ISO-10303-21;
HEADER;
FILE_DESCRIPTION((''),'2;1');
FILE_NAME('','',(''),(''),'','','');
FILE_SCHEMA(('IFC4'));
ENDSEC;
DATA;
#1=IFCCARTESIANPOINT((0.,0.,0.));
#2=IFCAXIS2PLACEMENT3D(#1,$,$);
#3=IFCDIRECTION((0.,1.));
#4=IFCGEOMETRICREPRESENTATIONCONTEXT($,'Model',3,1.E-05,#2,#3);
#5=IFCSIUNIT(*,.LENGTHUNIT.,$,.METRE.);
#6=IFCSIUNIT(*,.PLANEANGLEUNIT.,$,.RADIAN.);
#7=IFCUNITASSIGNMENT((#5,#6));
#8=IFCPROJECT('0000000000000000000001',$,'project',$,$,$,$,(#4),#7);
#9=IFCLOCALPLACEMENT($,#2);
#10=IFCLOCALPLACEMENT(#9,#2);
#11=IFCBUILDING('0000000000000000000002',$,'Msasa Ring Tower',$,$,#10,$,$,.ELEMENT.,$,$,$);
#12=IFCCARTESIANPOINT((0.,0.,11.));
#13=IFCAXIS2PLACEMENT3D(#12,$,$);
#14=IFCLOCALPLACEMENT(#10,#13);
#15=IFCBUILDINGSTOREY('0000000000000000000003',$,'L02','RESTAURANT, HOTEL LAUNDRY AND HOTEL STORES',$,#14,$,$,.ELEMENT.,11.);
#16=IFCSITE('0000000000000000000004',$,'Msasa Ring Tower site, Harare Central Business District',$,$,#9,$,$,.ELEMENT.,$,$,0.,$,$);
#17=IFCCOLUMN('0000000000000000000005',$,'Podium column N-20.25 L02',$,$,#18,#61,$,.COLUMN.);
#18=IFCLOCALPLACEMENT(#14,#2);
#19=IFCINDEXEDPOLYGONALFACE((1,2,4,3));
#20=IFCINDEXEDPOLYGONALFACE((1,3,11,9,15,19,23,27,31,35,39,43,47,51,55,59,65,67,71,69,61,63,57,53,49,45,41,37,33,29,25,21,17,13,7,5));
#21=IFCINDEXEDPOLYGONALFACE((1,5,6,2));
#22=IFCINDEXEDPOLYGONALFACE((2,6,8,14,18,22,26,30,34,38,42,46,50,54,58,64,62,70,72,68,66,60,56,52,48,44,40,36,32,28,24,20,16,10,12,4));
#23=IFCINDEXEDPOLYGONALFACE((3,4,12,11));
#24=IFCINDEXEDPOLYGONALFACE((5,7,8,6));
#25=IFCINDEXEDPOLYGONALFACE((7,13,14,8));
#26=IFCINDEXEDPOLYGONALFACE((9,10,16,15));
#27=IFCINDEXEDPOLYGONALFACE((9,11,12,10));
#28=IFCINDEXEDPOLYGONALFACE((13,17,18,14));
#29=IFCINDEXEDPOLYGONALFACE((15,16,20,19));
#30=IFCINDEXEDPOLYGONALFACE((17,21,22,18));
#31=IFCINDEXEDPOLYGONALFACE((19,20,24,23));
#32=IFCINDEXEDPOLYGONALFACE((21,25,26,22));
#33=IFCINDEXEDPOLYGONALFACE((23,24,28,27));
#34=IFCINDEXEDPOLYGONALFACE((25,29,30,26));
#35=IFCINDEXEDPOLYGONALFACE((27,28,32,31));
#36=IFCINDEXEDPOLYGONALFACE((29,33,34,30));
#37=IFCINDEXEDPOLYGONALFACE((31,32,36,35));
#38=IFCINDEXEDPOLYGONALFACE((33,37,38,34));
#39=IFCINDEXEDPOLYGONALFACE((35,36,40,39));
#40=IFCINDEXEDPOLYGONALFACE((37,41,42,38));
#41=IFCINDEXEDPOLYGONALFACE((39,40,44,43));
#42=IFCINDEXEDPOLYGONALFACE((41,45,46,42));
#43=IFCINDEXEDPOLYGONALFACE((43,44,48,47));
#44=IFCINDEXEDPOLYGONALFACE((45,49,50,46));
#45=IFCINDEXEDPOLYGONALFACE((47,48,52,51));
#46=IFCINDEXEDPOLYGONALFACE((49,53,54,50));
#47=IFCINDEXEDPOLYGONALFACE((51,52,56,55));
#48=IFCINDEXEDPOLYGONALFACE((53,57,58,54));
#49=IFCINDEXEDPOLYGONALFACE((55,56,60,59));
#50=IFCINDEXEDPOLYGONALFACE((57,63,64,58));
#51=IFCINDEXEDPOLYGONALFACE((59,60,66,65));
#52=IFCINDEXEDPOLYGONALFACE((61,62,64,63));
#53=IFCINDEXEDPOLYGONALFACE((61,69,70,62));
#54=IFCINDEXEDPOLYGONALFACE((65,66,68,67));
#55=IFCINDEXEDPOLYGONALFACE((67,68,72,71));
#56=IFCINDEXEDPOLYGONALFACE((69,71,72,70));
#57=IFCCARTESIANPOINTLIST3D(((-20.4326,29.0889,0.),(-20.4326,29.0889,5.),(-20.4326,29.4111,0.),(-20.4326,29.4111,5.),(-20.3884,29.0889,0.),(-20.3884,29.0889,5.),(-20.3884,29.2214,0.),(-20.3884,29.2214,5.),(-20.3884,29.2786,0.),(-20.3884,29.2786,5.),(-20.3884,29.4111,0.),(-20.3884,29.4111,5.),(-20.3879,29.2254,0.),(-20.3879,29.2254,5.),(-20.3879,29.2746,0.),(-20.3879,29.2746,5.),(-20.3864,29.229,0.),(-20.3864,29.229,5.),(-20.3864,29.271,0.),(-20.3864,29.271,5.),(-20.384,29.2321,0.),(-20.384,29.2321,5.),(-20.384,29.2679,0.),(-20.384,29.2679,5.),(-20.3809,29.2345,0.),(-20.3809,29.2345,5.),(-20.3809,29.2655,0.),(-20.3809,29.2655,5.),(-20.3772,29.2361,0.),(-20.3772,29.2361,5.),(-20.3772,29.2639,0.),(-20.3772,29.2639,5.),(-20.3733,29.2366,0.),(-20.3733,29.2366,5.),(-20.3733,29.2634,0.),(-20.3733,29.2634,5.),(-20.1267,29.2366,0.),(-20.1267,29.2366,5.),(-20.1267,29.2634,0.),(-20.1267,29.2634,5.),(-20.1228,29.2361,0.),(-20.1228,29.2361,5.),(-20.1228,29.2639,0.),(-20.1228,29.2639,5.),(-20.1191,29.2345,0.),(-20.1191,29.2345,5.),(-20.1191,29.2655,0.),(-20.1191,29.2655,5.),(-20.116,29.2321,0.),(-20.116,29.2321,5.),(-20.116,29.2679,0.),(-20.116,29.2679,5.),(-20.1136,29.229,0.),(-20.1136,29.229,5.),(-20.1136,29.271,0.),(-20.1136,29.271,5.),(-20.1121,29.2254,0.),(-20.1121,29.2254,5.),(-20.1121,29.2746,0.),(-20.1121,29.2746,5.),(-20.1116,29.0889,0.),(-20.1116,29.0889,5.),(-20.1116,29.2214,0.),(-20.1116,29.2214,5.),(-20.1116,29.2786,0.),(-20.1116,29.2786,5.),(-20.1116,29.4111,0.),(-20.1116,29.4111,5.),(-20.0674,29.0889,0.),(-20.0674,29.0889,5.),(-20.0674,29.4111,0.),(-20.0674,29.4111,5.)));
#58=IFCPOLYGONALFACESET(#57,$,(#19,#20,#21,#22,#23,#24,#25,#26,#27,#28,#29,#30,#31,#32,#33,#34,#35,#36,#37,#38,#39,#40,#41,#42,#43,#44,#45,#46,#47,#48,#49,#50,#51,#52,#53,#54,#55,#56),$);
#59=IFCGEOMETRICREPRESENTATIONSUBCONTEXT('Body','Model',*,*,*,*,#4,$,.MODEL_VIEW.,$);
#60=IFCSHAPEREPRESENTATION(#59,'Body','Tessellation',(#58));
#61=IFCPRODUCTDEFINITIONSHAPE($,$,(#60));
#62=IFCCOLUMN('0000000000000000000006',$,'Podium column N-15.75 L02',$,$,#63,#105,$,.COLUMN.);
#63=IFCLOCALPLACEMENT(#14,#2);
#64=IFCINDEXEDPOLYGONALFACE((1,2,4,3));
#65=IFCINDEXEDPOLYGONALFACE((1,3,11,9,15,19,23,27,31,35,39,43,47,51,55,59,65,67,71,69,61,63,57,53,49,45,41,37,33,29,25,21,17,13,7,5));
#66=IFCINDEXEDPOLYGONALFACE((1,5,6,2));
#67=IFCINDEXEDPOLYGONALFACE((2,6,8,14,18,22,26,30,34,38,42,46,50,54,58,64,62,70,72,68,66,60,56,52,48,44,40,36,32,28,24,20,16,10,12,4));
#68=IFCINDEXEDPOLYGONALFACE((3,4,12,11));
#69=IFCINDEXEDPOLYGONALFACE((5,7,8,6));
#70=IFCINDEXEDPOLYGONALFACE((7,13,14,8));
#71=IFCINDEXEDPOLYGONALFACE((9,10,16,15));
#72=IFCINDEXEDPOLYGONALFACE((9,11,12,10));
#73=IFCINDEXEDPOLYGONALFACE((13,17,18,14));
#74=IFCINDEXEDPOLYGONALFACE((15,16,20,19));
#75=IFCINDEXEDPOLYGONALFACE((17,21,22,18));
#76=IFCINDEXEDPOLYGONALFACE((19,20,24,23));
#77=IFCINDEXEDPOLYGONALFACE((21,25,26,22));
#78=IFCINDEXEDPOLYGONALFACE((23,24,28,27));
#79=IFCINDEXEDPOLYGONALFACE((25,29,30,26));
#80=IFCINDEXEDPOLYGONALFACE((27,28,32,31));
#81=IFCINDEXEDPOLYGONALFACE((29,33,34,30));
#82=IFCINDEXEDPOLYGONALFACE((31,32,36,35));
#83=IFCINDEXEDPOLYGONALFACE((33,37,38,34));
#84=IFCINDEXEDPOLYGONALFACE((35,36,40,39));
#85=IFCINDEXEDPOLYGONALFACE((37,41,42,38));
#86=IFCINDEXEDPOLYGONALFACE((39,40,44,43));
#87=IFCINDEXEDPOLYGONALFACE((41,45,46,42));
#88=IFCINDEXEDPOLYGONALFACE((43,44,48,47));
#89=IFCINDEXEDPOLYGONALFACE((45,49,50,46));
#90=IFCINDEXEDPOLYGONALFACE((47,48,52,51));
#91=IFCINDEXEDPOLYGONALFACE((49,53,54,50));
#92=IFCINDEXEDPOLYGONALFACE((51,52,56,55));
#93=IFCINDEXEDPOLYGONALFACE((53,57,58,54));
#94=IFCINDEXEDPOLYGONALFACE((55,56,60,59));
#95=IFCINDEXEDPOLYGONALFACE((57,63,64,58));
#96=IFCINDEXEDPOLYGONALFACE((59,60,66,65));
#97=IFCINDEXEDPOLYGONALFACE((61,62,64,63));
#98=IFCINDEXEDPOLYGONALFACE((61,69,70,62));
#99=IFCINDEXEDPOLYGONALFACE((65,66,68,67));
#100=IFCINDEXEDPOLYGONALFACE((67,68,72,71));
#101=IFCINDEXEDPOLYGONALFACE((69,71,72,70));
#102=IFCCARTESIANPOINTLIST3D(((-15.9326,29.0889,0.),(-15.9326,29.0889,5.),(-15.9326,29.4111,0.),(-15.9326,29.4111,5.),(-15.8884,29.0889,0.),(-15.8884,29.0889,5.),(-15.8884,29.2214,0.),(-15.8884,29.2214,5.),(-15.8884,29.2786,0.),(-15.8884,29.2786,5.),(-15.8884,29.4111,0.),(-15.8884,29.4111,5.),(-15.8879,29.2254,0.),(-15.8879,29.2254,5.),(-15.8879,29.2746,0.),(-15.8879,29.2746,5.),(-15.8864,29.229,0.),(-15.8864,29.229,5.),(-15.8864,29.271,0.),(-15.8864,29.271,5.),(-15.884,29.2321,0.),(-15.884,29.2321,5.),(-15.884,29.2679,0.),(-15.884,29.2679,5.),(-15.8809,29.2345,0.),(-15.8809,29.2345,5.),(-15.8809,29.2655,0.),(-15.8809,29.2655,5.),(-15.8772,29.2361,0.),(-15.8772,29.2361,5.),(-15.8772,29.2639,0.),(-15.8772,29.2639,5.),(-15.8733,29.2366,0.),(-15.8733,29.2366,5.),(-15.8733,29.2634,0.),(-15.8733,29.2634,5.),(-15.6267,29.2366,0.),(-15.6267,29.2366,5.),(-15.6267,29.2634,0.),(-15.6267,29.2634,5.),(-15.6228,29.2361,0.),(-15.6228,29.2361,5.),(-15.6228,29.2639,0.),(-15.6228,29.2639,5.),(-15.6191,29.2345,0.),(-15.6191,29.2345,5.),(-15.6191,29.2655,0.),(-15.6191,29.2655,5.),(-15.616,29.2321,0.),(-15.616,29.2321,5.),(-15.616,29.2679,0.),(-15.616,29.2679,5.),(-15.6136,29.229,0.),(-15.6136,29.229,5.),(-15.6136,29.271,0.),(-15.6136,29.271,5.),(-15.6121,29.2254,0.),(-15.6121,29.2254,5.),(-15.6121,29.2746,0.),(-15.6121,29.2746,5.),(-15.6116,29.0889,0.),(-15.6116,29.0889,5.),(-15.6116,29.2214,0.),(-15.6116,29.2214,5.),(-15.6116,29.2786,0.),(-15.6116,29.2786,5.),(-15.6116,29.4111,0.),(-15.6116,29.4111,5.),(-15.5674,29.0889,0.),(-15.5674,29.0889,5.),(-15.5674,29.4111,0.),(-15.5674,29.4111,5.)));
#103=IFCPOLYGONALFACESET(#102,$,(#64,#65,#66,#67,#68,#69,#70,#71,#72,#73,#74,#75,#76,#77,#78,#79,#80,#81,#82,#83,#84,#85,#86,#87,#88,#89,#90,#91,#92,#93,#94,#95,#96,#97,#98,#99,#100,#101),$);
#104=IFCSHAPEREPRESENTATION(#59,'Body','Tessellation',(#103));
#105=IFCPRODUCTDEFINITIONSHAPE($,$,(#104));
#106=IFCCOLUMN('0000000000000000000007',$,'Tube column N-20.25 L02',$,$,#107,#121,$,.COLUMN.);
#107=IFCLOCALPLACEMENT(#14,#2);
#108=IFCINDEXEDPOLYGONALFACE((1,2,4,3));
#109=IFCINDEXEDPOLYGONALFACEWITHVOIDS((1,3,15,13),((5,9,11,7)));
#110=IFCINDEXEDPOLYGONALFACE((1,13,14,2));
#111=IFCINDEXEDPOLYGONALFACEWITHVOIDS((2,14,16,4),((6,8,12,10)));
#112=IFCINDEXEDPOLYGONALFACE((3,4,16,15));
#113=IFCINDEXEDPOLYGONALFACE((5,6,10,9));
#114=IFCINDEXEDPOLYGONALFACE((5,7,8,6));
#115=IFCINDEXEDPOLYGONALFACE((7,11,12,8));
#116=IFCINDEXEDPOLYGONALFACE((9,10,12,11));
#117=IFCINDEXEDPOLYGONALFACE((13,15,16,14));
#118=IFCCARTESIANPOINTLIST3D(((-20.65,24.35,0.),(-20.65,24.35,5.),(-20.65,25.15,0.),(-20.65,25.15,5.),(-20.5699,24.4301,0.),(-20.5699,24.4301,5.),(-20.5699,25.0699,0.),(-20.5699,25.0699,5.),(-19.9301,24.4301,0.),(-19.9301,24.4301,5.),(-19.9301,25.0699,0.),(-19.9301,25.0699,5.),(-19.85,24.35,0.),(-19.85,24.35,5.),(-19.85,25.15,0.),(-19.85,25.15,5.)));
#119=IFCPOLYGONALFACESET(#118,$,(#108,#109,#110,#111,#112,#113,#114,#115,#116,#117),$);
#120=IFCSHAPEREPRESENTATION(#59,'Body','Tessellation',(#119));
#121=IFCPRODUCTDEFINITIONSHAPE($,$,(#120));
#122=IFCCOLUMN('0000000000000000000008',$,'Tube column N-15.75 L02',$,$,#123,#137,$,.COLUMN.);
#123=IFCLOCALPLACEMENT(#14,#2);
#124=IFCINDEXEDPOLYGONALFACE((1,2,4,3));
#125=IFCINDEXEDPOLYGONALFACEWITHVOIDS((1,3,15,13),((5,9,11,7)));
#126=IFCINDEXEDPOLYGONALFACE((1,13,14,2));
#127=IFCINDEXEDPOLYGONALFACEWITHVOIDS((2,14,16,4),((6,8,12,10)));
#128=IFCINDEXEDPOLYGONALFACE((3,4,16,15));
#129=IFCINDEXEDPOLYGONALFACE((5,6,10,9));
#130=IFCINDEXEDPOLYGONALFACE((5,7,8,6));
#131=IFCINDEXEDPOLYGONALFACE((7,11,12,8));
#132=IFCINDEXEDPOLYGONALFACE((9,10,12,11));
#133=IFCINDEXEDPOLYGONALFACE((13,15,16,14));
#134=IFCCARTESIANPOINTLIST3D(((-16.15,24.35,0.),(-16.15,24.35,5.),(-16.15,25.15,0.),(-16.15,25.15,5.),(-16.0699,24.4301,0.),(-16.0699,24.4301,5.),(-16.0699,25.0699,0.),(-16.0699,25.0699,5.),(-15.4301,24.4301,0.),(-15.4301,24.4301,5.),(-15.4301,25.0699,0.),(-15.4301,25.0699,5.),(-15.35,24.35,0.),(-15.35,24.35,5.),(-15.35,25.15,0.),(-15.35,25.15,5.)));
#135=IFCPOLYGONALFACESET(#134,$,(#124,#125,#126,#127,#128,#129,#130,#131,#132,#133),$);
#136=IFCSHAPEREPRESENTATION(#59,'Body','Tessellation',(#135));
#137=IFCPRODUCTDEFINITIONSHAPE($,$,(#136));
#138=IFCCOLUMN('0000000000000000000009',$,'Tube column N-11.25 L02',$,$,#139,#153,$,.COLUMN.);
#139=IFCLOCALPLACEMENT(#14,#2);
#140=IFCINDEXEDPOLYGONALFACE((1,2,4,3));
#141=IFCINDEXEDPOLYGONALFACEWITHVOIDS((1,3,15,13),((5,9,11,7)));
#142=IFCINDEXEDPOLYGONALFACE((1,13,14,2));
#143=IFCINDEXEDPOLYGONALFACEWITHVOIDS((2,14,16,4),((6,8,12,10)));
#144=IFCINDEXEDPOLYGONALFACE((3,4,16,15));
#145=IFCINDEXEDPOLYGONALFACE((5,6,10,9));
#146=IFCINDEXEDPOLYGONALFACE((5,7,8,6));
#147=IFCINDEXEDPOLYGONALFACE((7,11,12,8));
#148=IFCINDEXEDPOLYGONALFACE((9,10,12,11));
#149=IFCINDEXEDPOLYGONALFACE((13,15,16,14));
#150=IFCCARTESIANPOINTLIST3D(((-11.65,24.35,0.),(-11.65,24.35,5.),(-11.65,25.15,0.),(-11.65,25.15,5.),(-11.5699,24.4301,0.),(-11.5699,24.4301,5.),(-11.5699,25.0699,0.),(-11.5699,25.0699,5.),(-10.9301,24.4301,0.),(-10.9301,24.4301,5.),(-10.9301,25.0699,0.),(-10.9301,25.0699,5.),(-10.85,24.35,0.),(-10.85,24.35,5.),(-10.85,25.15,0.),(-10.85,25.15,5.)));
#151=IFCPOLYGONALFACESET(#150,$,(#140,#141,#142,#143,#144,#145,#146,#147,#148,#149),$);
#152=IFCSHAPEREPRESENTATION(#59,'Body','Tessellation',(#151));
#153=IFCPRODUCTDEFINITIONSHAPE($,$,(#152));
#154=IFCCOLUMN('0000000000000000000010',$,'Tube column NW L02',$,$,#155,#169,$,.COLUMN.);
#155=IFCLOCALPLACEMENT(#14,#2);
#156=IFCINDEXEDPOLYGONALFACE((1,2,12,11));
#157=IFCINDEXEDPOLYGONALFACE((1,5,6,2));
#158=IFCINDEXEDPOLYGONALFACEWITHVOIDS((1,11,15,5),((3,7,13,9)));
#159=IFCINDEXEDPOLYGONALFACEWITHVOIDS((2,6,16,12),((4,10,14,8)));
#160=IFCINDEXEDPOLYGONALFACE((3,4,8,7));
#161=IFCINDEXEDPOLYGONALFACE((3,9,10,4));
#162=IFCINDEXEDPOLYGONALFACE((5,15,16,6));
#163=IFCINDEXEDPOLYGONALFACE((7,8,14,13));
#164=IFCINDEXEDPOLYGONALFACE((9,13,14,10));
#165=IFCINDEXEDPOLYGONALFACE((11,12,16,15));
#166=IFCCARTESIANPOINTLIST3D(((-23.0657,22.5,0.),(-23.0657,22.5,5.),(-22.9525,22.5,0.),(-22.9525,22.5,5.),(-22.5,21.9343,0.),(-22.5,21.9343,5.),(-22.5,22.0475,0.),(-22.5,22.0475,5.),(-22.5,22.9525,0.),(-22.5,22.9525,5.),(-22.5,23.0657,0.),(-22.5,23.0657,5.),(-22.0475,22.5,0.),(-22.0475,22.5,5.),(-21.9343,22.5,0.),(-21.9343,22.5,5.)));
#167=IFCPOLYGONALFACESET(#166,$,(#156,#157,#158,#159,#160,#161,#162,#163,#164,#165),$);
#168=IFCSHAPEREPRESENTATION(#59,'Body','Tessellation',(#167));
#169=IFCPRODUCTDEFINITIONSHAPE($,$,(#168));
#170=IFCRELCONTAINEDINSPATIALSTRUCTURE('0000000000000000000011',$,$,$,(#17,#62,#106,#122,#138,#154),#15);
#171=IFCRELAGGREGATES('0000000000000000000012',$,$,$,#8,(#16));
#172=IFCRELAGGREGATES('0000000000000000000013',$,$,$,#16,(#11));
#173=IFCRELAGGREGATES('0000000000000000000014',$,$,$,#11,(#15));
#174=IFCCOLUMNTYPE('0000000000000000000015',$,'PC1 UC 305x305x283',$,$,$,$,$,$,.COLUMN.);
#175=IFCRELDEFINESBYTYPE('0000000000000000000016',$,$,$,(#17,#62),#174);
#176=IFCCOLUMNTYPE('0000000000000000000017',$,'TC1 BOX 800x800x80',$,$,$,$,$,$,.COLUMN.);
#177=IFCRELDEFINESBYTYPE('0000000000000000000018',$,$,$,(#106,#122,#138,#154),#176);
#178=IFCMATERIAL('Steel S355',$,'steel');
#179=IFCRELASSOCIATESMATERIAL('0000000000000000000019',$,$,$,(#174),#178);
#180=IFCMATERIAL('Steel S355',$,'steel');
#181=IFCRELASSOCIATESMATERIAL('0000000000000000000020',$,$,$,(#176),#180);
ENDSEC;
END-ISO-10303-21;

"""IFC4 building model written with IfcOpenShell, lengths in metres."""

from ifc_helpers import new_model, si_unit, direction, frame, origin, origin_2d, place, context, subcontext, project, spatial, hollow_rectangle, i_section, extrude, material, material_profile, profile_set, type_object, element, save


model = new_model("IFC4")

# Units and contexts
model_context = context("Model", 3, precision=1e-05, world=origin(), true_north=direction((0.0, 1.0)))
body_context = subcontext(model_context, "Body", "Model", "MODEL_VIEW")
ifc_project = project(units=[si_unit("LENGTHUNIT", "METRE"), si_unit("PLANEANGLEUNIT", "RADIAN")], contexts=[model_context])

# Site, building, storey
site_placement = place(None, origin())
site = spatial("IfcSite", under=ifc_project, at=site_placement, Name="Msasa Ring Tower site, Harare Central Business District", CompositionType="ELEMENT", RefElevation=0.0)
building_placement = place(site_placement, origin())
building = spatial("IfcBuilding", under=site, at=building_placement, Name="Msasa Ring Tower", CompositionType="ELEMENT")
storey_placement = place(building_placement, frame((0.0, 0.0, 11.0)))
storey = spatial("IfcBuildingStorey", under=building, at=storey_placement, Name="L02", Description="RESTAURANT, HOTEL LAUNDRY AND HOTEL STORES", CompositionType="ELEMENT", Elevation=11.0)

# Columns
ifc_material_1 = material(Name="Steel S355", Category="steel")
ifc_material_profile_1 = material_profile(ifc_material_1, i_section(OverallWidth=0.3223, OverallDepth=0.3652, WebThickness=0.0269, FlangeThickness=0.0442, FilletRadius=0.0151, at=origin_2d()), Name="UC 305x305x283")
ifc_profile_set_1 = profile_set([ifc_material_profile_1], Name="Steel S355")
column_type_1 = type_object("IfcColumnType", Name="PC1 UC 305x305x283", PredefinedType="COLUMN", material=ifc_profile_set_1)
for number, where, z_axis, x_axis, name in (
    (1, (-20.25, 29.25, 0.0), (0.0, 0.0, 1.0), (0.0, 1.0, 0.0), "Podium column N-20.25 L02"),
    (2, (-15.75, 29.25, 0.0), (0.0, 0.0, 1.0), (0.0, 1.0, 0.0), "Podium column N-15.75 L02"),
):
    element("IfcColumn", number, at=place(storey_placement, frame(where, z_axis=z_axis, x_axis=x_axis)), inside=storey, type_object=column_type_1, Name=name, PredefinedType="COLUMN", context=body_context, shape_type="SweptSolid", body=[
        extrude(i_section(OverallWidth=0.3223, OverallDepth=0.3652, WebThickness=0.0269, FlangeThickness=0.0442, FilletRadius=0.0151, at=origin_2d()), origin(), (0.0, 0.0, 1.0), 5.0),
    ])
ifc_material_2 = material(Name="Steel S355", Category="steel")
ifc_material_profile_2 = material_profile(ifc_material_2, hollow_rectangle(XDim=0.8, YDim=0.8, WallThickness=0.0801, at=origin_2d()), Name="BOX 800x800x80")
ifc_profile_set_2 = profile_set([ifc_material_profile_2], Name="Steel S355")
column_type_2 = type_object("IfcColumnType", Name="TC1 BOX 800x800x80", PredefinedType="COLUMN", material=ifc_profile_set_2)
for number, where, z_axis, x_axis, name in (
    (3, (-20.25, 24.75, 0.0), (0.0, 0.0, 1.0), (0.0, 1.0, 0.0), "Tube column N-20.25 L02"),
    (4, (-15.75, 24.75, 0.0), (0.0, 0.0, 1.0), (0.0, 1.0, 0.0), "Tube column N-15.75 L02"),
    (5, (-11.25, 24.75, 0.0), (0.0, 0.0, 1.0), (0.0, 1.0, 0.0), "Tube column N-11.25 L02"),
    (6, (-22.5, 22.5, 0.0), (0.0, 0.0, 1.0), (0.707107, -0.707107, 0.0), "Tube column NW L02"),
):
    element("IfcColumn", number, at=place(storey_placement, frame(where, z_axis=z_axis, x_axis=x_axis)), inside=storey, type_object=column_type_2, Name=name, PredefinedType="COLUMN", context=body_context, shape_type="SweptSolid", body=[
        extrude(hollow_rectangle(XDim=0.8, YDim=0.8, WallThickness=0.0801, at=origin_2d()), origin(), (0.0, 0.0, 1.0), 5.0),
    ])

save(model, "model.ifc")
